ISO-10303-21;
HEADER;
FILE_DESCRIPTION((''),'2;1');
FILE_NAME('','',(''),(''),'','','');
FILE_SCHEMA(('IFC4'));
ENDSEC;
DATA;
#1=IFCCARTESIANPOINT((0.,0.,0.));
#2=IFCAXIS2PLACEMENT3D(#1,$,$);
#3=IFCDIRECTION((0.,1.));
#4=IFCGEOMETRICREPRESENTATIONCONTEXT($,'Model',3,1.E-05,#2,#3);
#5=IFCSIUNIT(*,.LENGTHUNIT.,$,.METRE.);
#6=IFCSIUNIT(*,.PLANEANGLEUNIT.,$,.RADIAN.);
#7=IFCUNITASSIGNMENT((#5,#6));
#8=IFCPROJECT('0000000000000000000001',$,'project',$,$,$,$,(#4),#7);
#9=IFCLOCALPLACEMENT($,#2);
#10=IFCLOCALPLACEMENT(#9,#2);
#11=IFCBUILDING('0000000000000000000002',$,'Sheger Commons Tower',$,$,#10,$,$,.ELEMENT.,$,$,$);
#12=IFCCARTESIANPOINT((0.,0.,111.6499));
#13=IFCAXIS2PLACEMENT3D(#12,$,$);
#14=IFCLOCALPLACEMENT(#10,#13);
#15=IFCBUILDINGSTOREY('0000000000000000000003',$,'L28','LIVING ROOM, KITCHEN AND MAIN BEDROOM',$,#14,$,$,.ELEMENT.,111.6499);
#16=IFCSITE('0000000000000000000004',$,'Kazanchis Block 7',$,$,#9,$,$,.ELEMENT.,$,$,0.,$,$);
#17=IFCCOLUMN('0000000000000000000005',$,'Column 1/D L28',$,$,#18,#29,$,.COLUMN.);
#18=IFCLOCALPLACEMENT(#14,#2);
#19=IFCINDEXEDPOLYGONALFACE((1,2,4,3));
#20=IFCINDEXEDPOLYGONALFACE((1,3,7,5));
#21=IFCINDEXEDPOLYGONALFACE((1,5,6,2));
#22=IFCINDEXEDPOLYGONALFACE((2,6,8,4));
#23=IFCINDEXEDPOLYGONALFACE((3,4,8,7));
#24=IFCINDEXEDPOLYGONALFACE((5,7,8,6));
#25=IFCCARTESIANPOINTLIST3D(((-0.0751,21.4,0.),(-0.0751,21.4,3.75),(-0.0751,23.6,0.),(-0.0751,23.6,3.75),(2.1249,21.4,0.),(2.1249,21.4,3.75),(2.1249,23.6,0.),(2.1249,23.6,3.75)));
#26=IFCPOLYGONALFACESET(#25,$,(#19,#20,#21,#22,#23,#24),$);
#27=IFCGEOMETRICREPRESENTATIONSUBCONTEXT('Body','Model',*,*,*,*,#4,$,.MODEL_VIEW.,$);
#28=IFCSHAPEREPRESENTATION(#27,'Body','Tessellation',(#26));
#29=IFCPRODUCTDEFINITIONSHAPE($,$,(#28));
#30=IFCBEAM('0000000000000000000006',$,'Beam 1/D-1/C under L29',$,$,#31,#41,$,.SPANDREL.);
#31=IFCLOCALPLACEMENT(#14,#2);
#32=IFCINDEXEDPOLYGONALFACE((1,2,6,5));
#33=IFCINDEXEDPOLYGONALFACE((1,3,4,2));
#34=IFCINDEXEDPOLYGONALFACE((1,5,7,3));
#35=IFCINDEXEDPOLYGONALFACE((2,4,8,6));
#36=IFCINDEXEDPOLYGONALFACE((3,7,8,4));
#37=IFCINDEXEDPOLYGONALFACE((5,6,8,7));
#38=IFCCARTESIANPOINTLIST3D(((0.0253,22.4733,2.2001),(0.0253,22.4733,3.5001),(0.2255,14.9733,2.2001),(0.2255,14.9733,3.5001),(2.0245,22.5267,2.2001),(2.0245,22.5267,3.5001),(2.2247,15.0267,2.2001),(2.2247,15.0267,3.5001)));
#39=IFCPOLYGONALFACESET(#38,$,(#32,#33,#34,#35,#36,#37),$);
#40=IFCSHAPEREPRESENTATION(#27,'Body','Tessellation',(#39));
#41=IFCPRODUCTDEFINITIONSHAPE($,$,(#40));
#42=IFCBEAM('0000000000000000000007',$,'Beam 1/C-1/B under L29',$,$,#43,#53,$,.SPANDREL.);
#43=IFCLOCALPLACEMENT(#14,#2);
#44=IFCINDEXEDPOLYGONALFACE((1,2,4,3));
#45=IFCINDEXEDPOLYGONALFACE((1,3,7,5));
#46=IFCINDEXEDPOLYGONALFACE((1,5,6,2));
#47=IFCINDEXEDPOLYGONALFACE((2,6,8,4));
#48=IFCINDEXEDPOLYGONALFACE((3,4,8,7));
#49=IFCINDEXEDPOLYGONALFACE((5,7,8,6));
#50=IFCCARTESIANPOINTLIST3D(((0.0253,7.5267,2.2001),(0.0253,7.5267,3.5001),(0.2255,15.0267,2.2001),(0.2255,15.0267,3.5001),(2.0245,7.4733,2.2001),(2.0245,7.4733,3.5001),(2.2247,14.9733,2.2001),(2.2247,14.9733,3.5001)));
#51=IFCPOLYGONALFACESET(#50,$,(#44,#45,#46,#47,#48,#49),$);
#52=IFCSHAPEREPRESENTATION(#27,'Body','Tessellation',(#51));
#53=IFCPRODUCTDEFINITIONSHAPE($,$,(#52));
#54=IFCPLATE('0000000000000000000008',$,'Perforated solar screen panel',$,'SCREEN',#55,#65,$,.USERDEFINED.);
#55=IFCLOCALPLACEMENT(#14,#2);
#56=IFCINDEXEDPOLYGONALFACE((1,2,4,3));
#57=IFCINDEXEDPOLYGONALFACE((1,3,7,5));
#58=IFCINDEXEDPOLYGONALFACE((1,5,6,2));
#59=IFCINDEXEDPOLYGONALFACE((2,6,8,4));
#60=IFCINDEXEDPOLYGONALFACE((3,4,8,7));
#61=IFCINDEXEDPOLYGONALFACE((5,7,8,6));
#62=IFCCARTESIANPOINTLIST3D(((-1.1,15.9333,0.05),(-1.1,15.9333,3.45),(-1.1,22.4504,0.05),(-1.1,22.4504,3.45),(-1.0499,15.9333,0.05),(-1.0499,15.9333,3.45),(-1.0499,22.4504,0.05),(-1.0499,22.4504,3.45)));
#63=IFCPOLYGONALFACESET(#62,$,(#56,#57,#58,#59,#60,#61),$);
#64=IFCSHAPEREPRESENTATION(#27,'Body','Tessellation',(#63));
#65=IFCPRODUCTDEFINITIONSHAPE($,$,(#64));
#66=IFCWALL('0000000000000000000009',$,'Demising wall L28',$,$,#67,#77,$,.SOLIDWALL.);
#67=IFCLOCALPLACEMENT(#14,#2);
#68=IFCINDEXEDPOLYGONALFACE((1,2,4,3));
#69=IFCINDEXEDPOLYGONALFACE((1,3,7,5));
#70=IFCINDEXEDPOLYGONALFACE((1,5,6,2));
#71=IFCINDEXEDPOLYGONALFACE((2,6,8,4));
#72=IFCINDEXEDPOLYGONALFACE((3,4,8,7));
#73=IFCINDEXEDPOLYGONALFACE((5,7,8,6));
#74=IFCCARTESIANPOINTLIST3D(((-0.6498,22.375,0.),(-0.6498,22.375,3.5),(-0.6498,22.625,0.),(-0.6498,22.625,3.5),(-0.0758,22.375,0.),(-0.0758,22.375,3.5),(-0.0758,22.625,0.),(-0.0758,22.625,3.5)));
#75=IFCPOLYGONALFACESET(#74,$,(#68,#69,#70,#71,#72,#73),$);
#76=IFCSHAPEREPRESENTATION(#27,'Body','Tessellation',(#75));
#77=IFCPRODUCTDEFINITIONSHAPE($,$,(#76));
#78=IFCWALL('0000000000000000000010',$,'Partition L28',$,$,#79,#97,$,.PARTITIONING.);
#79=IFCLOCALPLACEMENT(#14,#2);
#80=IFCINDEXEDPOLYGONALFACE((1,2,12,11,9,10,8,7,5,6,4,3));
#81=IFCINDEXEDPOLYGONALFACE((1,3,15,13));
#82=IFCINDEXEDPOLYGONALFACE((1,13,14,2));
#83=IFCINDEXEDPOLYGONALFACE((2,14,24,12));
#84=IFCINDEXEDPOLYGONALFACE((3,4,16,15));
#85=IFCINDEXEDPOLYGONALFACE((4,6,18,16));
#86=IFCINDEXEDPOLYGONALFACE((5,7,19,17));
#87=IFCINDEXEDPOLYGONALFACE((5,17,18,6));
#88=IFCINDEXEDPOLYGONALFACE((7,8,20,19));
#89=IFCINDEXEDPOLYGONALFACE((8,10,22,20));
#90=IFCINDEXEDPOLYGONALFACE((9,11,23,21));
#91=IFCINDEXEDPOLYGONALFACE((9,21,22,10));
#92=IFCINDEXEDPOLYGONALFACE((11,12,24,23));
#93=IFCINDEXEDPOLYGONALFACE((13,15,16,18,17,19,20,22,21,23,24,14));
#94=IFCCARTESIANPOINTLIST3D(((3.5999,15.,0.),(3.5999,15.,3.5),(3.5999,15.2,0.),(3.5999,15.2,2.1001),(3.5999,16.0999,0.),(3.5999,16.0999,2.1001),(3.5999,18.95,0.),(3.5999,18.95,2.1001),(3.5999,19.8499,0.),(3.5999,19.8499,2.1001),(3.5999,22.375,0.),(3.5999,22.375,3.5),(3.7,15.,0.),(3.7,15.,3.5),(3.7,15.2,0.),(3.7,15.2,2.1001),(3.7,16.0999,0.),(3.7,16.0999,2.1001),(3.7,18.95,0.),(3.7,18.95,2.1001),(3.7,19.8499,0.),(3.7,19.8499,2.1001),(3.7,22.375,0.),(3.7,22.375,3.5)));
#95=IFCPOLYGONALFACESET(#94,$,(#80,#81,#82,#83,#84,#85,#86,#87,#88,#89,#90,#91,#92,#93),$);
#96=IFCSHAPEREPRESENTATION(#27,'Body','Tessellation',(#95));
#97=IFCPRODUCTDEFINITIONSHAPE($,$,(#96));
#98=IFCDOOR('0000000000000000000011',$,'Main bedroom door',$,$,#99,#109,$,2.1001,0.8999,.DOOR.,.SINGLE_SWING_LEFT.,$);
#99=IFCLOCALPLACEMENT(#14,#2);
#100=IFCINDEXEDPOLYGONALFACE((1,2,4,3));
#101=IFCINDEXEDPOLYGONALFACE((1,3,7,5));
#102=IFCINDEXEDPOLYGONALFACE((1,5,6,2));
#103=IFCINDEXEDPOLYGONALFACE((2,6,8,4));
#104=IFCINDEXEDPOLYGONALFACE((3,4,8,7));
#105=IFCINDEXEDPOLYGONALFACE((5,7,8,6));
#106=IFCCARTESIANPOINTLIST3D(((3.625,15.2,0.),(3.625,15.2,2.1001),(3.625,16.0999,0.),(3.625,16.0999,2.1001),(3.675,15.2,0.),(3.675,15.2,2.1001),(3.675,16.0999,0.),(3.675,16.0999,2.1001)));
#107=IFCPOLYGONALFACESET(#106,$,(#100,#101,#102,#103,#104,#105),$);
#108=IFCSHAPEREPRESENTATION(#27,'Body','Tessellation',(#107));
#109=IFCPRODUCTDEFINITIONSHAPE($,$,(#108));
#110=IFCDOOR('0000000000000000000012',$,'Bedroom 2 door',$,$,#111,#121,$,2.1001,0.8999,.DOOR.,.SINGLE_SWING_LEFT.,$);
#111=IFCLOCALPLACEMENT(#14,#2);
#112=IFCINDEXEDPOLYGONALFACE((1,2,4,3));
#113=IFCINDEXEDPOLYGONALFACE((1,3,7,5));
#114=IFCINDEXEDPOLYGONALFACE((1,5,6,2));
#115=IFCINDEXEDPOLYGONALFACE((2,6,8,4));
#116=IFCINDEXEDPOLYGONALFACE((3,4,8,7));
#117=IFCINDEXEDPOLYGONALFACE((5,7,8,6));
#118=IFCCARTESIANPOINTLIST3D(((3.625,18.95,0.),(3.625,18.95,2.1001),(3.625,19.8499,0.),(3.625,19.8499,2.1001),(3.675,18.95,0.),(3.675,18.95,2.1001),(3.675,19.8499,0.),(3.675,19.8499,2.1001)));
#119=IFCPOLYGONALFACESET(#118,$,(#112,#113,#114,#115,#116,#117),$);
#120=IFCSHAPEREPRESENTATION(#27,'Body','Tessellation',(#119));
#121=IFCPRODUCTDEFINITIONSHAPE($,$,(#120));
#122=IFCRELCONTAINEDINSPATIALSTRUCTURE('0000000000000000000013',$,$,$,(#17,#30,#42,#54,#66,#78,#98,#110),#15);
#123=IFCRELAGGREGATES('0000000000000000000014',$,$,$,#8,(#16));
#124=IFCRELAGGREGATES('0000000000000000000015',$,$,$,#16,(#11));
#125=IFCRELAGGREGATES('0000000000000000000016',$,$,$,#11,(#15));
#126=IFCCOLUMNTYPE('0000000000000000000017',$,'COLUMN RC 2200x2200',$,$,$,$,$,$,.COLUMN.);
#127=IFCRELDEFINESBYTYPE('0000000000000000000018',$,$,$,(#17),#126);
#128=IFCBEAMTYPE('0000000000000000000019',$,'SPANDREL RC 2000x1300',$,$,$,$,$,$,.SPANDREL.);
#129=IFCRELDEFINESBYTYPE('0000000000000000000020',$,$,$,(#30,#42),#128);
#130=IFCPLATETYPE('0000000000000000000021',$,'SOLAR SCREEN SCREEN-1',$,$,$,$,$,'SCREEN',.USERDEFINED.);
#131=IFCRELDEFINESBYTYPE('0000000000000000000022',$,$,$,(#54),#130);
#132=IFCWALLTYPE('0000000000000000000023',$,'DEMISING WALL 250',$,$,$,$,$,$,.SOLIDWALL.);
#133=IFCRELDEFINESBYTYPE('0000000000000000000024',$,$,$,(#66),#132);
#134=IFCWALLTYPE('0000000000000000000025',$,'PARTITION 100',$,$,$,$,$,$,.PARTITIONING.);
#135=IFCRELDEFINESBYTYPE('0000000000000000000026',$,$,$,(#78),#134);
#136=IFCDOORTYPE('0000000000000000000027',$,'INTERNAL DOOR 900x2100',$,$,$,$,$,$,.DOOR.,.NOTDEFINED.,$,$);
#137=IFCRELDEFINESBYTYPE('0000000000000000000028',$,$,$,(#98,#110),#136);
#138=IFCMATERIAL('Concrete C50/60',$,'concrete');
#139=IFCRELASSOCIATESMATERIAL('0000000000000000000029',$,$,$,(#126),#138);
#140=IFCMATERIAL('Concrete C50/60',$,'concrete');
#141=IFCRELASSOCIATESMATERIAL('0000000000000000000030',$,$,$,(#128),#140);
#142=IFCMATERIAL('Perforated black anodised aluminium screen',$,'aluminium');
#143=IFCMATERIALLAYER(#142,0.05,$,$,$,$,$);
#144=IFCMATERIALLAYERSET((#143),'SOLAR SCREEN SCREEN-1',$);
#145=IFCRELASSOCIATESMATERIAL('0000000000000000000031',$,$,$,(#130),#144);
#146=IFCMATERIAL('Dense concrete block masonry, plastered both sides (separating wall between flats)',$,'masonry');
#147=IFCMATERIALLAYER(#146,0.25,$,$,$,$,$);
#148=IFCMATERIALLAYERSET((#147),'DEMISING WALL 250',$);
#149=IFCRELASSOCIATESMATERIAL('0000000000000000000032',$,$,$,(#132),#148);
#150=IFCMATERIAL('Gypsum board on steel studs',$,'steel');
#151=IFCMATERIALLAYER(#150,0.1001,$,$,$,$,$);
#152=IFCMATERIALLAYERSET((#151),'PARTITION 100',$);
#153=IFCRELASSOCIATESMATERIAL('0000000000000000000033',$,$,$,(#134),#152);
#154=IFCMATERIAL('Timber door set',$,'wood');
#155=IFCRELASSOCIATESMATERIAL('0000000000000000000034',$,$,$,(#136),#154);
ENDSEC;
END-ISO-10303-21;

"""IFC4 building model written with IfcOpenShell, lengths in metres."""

from ifc_helpers import new_model, si_unit, direction, frame, frame_2d, origin, origin_2d, place, context, subcontext, project, spatial, rectangle, extrude, material, layer, layer_set, material_profile, profile_set, type_object, element, fill, save


model = new_model("IFC4")

# Units and contexts
model_context = context("Model", 3, precision=1e-05, world=origin(), true_north=direction((0.0, 1.0)))
body_context = subcontext(model_context, "Body", "Model", "MODEL_VIEW")
ifc_project = project(units=[si_unit("LENGTHUNIT", "METRE"), si_unit("PLANEANGLEUNIT", "RADIAN")], contexts=[model_context])

# Site, building, storey
site_placement = place(None, origin())
site = spatial("IfcSite", under=ifc_project, at=site_placement, Name="Kazanchis Block 7", CompositionType="ELEMENT", RefElevation=0.0)
building_placement = place(site_placement, origin())
building = spatial("IfcBuilding", under=site, at=building_placement, Name="Sheger Commons Tower", CompositionType="ELEMENT")
storey_placement = place(building_placement, frame((0.0, 0.0, 111.6499)))
storey = spatial("IfcBuildingStorey", under=building, at=storey_placement, Name="L28", Description="LIVING ROOM, KITCHEN AND MAIN BEDROOM", CompositionType="ELEMENT", Elevation=111.6499)

# Column
ifc_material_1 = material(Name="Concrete C50/60", Category="concrete")
ifc_material_profile_1 = material_profile(ifc_material_1, rectangle(XDim=2.2, YDim=2.2, at=origin_2d()), Name="RC 2200x2200")
ifc_profile_set_1 = profile_set([ifc_material_profile_1], Name="Concrete C50/60")
column_type = type_object("IfcColumnType", Name="COLUMN RC 2200x2200", PredefinedType="COLUMN", material=ifc_profile_set_1)
column_placement = place(storey_placement, frame((1.0249, 22.5, 0.0), z_axis=(0.0, 0.0, 1.0), x_axis=(1.0, 0.0, 0.0)))
element("IfcColumn", 1, at=column_placement, inside=storey, type_object=column_type, Name="Column 1/D L28", PredefinedType="COLUMN", context=body_context, shape_type="SweptSolid", body=[
    extrude(rectangle(XDim=2.2, YDim=2.2, at=origin_2d()), origin(), (0.0, 0.0, 1.0), 3.75),
])

# Beams
ifc_material_2 = material(Name="Concrete C50/60", Category="concrete")
ifc_material_profile_2 = material_profile(ifc_material_2, rectangle(XDim=2.0, YDim=1.3, at=origin_2d()), Name="RC 2000x1300")
ifc_profile_set_2 = profile_set([ifc_material_profile_2], Name="Concrete C50/60")
beam_type = type_object("IfcBeamType", Name="SPANDREL RC 2000x1300", PredefinedType="SPANDREL", material=ifc_profile_set_2)
for number, where, z_axis, x_axis, name in (
    (2, (1.0249, 22.5, 2.8501), (0.026683, -0.999644, 0.0), (0.999644, 0.026683, 0.0), "Beam 1/D-1/C under L29"),
    (3, (1.2251, 15.0, 2.8501), (-0.026683, -0.999644, 0.0), (0.999644, -0.026683, 0.0), "Beam 1/C-1/B under L29"),
):
    element("IfcBeam", number, at=place(storey_placement, frame(where, z_axis=z_axis, x_axis=x_axis)), inside=storey, type_object=beam_type, Name=name, PredefinedType="SPANDREL", context=body_context, shape_type="SweptSolid", body=[
        extrude(rectangle(XDim=2.0, YDim=1.3, at=origin_2d()), origin(), (0.0, 0.0, 1.0), 7.5027),
    ])

# Plate
ifc_material_3 = material(Name="Perforated black anodised aluminium screen", Category="aluminium")
ifc_layer_1 = layer(ifc_material_3, 0.05)
ifc_layer_set_1 = layer_set([ifc_layer_1], Name="SOLAR SCREEN SCREEN-1")
plate_type = type_object("IfcPlateType", Name="SOLAR SCREEN SCREEN-1", ElementType="SCREEN", PredefinedType="USERDEFINED", material=ifc_layer_set_1)
plate_placement = place(storey_placement, frame((-1.075, 19.1919, 0.05), z_axis=(0.0, 0.0, 1.0), x_axis=(0.0, -1.0, 0.0)))
element("IfcPlate", 4, at=plate_placement, inside=storey, type_object=plate_type, Name="Perforated solar screen panel", ObjectType="SCREEN", PredefinedType="USERDEFINED", context=body_context, shape_type="SweptSolid", body=[
    extrude(rectangle(XDim=6.5171, YDim=0.05, at=origin_2d()), origin(), (0.0, 0.0, 1.0), 3.3999),
])

# Wall
ifc_material_4 = material(Name="Dense concrete block masonry, plastered both sides (separating wall between flats)", Category="masonry")
ifc_layer_2 = layer(ifc_material_4, 0.25)
ifc_layer_set_2 = layer_set([ifc_layer_2], Name="DEMISING WALL 250")
wall_type_1 = type_object("IfcWallType", Name="DEMISING WALL 250", PredefinedType="SOLIDWALL", material=ifc_layer_set_2)
wall_1_placement = place(storey_placement, frame((-0.6499, 22.5, 0.0), z_axis=(0.0, 0.0, 1.0), x_axis=(1.0, 0.0, 0.0)))
element("IfcWall", 5, at=wall_1_placement, inside=storey, type_object=wall_type_1, Name="Demising wall L28", PredefinedType="SOLIDWALL", context=body_context, shape_type="SweptSolid", body=[
    extrude(rectangle(XDim=0.574, YDim=0.25, at=frame_2d((0.2871, 0.0))), origin(), (0.0, 0.0, 1.0), 3.5),
])

# Wall, openings, doors
ifc_material_5 = material(Name="Gypsum board on steel studs", Category="steel")
ifc_layer_3 = layer(ifc_material_5, 0.1001)
ifc_layer_set_3 = layer_set([ifc_layer_3], Name="PARTITION 100")
wall_type_2 = type_object("IfcWallType", Name="PARTITION 100", PredefinedType="PARTITIONING", material=ifc_layer_set_3)
wall_2_placement = place(storey_placement, frame((3.6499, 15.0, 0.0), z_axis=(0.0, 0.0, 1.0), x_axis=(0.0, 1.0, 0.0)))
wall_2 = element("IfcWall", 6, at=wall_2_placement, inside=storey, type_object=wall_type_2, Name="Partition L28", PredefinedType="PARTITIONING", context=body_context, shape_type="SweptSolid", body=[
    extrude(rectangle(XDim=7.375, YDim=0.1001, at=frame_2d((3.6875, 0.0))), origin(), (0.0, 0.0, 1.0), 3.5),
])
opening_1_placement = place(wall_2_placement, frame((0.2, 0.0, 0.0)))
opening_1 = element("IfcOpeningElement", 7, at=opening_1_placement, cuts=wall_2, PredefinedType="OPENING", context=body_context, shape_type="SweptSolid", body=[
    extrude(rectangle(XDim=0.8999, YDim=2.1001, at=frame_2d((0.45, 1.05))), frame((0.0, 0.0601, 0.0), z_axis=(0.0, -1.0, 0.0), x_axis=(1.0, 0.0, 0.0)), (0.0, 0.0, 1.0), 0.1201),
])
opening_2_placement = place(wall_2_placement, frame((3.95, 0.0, 0.0)))
opening_2 = element("IfcOpeningElement", 8, at=opening_2_placement, cuts=wall_2, PredefinedType="OPENING", context=body_context, shape_type="SweptSolid", body=[
    extrude(rectangle(XDim=0.8999, YDim=2.1001, at=frame_2d((0.45, 1.05))), frame((0.0, 0.0601, 0.0), z_axis=(0.0, -1.0, 0.0), x_axis=(1.0, 0.0, 0.0)), (0.0, 0.0, 1.0), 0.1201),
])
ifc_material_6 = material(Name="Timber door set", Category="wood")
door_type = type_object("IfcDoorType", Name="INTERNAL DOOR 900x2100", OperationType="NOTDEFINED", PredefinedType="DOOR", material=ifc_material_6)
door_1_placement = place(opening_1_placement, origin())
door_1 = element("IfcDoor", 9, at=door_1_placement, inside=storey, type_object=door_type, Name="Main bedroom door", OperationType="SINGLE_SWING_LEFT", OverallHeight=2.1001, OverallWidth=0.8999, PredefinedType="DOOR", context=body_context, shape_type="SweptSolid", body=[
    extrude(rectangle(XDim=0.8999, YDim=2.1001, at=frame_2d((0.45, 1.05))), frame((0.0, 0.0249, 0.0), z_axis=(0.0, -1.0, 0.0), x_axis=(1.0, 0.0, 0.0)), (0.0, 0.0, 1.0), 0.05),
])
fill(opening_1, door_1)
door_2_placement = place(opening_2_placement, origin())
door_2 = element("IfcDoor", 10, at=door_2_placement, inside=storey, type_object=door_type, Name="Bedroom 2 door", OperationType="SINGLE_SWING_LEFT", OverallHeight=2.1001, OverallWidth=0.8999, PredefinedType="DOOR", context=body_context, shape_type="SweptSolid", body=[
    extrude(rectangle(XDim=0.8999, YDim=2.1001, at=frame_2d((0.45, 1.05))), frame((0.0, 0.0249, 0.0), z_axis=(0.0, -1.0, 0.0), x_axis=(1.0, 0.0, 0.0)), (0.0, 0.0, 1.0), 0.05),
])
fill(opening_2, door_2)

save(model, "model.ifc")
